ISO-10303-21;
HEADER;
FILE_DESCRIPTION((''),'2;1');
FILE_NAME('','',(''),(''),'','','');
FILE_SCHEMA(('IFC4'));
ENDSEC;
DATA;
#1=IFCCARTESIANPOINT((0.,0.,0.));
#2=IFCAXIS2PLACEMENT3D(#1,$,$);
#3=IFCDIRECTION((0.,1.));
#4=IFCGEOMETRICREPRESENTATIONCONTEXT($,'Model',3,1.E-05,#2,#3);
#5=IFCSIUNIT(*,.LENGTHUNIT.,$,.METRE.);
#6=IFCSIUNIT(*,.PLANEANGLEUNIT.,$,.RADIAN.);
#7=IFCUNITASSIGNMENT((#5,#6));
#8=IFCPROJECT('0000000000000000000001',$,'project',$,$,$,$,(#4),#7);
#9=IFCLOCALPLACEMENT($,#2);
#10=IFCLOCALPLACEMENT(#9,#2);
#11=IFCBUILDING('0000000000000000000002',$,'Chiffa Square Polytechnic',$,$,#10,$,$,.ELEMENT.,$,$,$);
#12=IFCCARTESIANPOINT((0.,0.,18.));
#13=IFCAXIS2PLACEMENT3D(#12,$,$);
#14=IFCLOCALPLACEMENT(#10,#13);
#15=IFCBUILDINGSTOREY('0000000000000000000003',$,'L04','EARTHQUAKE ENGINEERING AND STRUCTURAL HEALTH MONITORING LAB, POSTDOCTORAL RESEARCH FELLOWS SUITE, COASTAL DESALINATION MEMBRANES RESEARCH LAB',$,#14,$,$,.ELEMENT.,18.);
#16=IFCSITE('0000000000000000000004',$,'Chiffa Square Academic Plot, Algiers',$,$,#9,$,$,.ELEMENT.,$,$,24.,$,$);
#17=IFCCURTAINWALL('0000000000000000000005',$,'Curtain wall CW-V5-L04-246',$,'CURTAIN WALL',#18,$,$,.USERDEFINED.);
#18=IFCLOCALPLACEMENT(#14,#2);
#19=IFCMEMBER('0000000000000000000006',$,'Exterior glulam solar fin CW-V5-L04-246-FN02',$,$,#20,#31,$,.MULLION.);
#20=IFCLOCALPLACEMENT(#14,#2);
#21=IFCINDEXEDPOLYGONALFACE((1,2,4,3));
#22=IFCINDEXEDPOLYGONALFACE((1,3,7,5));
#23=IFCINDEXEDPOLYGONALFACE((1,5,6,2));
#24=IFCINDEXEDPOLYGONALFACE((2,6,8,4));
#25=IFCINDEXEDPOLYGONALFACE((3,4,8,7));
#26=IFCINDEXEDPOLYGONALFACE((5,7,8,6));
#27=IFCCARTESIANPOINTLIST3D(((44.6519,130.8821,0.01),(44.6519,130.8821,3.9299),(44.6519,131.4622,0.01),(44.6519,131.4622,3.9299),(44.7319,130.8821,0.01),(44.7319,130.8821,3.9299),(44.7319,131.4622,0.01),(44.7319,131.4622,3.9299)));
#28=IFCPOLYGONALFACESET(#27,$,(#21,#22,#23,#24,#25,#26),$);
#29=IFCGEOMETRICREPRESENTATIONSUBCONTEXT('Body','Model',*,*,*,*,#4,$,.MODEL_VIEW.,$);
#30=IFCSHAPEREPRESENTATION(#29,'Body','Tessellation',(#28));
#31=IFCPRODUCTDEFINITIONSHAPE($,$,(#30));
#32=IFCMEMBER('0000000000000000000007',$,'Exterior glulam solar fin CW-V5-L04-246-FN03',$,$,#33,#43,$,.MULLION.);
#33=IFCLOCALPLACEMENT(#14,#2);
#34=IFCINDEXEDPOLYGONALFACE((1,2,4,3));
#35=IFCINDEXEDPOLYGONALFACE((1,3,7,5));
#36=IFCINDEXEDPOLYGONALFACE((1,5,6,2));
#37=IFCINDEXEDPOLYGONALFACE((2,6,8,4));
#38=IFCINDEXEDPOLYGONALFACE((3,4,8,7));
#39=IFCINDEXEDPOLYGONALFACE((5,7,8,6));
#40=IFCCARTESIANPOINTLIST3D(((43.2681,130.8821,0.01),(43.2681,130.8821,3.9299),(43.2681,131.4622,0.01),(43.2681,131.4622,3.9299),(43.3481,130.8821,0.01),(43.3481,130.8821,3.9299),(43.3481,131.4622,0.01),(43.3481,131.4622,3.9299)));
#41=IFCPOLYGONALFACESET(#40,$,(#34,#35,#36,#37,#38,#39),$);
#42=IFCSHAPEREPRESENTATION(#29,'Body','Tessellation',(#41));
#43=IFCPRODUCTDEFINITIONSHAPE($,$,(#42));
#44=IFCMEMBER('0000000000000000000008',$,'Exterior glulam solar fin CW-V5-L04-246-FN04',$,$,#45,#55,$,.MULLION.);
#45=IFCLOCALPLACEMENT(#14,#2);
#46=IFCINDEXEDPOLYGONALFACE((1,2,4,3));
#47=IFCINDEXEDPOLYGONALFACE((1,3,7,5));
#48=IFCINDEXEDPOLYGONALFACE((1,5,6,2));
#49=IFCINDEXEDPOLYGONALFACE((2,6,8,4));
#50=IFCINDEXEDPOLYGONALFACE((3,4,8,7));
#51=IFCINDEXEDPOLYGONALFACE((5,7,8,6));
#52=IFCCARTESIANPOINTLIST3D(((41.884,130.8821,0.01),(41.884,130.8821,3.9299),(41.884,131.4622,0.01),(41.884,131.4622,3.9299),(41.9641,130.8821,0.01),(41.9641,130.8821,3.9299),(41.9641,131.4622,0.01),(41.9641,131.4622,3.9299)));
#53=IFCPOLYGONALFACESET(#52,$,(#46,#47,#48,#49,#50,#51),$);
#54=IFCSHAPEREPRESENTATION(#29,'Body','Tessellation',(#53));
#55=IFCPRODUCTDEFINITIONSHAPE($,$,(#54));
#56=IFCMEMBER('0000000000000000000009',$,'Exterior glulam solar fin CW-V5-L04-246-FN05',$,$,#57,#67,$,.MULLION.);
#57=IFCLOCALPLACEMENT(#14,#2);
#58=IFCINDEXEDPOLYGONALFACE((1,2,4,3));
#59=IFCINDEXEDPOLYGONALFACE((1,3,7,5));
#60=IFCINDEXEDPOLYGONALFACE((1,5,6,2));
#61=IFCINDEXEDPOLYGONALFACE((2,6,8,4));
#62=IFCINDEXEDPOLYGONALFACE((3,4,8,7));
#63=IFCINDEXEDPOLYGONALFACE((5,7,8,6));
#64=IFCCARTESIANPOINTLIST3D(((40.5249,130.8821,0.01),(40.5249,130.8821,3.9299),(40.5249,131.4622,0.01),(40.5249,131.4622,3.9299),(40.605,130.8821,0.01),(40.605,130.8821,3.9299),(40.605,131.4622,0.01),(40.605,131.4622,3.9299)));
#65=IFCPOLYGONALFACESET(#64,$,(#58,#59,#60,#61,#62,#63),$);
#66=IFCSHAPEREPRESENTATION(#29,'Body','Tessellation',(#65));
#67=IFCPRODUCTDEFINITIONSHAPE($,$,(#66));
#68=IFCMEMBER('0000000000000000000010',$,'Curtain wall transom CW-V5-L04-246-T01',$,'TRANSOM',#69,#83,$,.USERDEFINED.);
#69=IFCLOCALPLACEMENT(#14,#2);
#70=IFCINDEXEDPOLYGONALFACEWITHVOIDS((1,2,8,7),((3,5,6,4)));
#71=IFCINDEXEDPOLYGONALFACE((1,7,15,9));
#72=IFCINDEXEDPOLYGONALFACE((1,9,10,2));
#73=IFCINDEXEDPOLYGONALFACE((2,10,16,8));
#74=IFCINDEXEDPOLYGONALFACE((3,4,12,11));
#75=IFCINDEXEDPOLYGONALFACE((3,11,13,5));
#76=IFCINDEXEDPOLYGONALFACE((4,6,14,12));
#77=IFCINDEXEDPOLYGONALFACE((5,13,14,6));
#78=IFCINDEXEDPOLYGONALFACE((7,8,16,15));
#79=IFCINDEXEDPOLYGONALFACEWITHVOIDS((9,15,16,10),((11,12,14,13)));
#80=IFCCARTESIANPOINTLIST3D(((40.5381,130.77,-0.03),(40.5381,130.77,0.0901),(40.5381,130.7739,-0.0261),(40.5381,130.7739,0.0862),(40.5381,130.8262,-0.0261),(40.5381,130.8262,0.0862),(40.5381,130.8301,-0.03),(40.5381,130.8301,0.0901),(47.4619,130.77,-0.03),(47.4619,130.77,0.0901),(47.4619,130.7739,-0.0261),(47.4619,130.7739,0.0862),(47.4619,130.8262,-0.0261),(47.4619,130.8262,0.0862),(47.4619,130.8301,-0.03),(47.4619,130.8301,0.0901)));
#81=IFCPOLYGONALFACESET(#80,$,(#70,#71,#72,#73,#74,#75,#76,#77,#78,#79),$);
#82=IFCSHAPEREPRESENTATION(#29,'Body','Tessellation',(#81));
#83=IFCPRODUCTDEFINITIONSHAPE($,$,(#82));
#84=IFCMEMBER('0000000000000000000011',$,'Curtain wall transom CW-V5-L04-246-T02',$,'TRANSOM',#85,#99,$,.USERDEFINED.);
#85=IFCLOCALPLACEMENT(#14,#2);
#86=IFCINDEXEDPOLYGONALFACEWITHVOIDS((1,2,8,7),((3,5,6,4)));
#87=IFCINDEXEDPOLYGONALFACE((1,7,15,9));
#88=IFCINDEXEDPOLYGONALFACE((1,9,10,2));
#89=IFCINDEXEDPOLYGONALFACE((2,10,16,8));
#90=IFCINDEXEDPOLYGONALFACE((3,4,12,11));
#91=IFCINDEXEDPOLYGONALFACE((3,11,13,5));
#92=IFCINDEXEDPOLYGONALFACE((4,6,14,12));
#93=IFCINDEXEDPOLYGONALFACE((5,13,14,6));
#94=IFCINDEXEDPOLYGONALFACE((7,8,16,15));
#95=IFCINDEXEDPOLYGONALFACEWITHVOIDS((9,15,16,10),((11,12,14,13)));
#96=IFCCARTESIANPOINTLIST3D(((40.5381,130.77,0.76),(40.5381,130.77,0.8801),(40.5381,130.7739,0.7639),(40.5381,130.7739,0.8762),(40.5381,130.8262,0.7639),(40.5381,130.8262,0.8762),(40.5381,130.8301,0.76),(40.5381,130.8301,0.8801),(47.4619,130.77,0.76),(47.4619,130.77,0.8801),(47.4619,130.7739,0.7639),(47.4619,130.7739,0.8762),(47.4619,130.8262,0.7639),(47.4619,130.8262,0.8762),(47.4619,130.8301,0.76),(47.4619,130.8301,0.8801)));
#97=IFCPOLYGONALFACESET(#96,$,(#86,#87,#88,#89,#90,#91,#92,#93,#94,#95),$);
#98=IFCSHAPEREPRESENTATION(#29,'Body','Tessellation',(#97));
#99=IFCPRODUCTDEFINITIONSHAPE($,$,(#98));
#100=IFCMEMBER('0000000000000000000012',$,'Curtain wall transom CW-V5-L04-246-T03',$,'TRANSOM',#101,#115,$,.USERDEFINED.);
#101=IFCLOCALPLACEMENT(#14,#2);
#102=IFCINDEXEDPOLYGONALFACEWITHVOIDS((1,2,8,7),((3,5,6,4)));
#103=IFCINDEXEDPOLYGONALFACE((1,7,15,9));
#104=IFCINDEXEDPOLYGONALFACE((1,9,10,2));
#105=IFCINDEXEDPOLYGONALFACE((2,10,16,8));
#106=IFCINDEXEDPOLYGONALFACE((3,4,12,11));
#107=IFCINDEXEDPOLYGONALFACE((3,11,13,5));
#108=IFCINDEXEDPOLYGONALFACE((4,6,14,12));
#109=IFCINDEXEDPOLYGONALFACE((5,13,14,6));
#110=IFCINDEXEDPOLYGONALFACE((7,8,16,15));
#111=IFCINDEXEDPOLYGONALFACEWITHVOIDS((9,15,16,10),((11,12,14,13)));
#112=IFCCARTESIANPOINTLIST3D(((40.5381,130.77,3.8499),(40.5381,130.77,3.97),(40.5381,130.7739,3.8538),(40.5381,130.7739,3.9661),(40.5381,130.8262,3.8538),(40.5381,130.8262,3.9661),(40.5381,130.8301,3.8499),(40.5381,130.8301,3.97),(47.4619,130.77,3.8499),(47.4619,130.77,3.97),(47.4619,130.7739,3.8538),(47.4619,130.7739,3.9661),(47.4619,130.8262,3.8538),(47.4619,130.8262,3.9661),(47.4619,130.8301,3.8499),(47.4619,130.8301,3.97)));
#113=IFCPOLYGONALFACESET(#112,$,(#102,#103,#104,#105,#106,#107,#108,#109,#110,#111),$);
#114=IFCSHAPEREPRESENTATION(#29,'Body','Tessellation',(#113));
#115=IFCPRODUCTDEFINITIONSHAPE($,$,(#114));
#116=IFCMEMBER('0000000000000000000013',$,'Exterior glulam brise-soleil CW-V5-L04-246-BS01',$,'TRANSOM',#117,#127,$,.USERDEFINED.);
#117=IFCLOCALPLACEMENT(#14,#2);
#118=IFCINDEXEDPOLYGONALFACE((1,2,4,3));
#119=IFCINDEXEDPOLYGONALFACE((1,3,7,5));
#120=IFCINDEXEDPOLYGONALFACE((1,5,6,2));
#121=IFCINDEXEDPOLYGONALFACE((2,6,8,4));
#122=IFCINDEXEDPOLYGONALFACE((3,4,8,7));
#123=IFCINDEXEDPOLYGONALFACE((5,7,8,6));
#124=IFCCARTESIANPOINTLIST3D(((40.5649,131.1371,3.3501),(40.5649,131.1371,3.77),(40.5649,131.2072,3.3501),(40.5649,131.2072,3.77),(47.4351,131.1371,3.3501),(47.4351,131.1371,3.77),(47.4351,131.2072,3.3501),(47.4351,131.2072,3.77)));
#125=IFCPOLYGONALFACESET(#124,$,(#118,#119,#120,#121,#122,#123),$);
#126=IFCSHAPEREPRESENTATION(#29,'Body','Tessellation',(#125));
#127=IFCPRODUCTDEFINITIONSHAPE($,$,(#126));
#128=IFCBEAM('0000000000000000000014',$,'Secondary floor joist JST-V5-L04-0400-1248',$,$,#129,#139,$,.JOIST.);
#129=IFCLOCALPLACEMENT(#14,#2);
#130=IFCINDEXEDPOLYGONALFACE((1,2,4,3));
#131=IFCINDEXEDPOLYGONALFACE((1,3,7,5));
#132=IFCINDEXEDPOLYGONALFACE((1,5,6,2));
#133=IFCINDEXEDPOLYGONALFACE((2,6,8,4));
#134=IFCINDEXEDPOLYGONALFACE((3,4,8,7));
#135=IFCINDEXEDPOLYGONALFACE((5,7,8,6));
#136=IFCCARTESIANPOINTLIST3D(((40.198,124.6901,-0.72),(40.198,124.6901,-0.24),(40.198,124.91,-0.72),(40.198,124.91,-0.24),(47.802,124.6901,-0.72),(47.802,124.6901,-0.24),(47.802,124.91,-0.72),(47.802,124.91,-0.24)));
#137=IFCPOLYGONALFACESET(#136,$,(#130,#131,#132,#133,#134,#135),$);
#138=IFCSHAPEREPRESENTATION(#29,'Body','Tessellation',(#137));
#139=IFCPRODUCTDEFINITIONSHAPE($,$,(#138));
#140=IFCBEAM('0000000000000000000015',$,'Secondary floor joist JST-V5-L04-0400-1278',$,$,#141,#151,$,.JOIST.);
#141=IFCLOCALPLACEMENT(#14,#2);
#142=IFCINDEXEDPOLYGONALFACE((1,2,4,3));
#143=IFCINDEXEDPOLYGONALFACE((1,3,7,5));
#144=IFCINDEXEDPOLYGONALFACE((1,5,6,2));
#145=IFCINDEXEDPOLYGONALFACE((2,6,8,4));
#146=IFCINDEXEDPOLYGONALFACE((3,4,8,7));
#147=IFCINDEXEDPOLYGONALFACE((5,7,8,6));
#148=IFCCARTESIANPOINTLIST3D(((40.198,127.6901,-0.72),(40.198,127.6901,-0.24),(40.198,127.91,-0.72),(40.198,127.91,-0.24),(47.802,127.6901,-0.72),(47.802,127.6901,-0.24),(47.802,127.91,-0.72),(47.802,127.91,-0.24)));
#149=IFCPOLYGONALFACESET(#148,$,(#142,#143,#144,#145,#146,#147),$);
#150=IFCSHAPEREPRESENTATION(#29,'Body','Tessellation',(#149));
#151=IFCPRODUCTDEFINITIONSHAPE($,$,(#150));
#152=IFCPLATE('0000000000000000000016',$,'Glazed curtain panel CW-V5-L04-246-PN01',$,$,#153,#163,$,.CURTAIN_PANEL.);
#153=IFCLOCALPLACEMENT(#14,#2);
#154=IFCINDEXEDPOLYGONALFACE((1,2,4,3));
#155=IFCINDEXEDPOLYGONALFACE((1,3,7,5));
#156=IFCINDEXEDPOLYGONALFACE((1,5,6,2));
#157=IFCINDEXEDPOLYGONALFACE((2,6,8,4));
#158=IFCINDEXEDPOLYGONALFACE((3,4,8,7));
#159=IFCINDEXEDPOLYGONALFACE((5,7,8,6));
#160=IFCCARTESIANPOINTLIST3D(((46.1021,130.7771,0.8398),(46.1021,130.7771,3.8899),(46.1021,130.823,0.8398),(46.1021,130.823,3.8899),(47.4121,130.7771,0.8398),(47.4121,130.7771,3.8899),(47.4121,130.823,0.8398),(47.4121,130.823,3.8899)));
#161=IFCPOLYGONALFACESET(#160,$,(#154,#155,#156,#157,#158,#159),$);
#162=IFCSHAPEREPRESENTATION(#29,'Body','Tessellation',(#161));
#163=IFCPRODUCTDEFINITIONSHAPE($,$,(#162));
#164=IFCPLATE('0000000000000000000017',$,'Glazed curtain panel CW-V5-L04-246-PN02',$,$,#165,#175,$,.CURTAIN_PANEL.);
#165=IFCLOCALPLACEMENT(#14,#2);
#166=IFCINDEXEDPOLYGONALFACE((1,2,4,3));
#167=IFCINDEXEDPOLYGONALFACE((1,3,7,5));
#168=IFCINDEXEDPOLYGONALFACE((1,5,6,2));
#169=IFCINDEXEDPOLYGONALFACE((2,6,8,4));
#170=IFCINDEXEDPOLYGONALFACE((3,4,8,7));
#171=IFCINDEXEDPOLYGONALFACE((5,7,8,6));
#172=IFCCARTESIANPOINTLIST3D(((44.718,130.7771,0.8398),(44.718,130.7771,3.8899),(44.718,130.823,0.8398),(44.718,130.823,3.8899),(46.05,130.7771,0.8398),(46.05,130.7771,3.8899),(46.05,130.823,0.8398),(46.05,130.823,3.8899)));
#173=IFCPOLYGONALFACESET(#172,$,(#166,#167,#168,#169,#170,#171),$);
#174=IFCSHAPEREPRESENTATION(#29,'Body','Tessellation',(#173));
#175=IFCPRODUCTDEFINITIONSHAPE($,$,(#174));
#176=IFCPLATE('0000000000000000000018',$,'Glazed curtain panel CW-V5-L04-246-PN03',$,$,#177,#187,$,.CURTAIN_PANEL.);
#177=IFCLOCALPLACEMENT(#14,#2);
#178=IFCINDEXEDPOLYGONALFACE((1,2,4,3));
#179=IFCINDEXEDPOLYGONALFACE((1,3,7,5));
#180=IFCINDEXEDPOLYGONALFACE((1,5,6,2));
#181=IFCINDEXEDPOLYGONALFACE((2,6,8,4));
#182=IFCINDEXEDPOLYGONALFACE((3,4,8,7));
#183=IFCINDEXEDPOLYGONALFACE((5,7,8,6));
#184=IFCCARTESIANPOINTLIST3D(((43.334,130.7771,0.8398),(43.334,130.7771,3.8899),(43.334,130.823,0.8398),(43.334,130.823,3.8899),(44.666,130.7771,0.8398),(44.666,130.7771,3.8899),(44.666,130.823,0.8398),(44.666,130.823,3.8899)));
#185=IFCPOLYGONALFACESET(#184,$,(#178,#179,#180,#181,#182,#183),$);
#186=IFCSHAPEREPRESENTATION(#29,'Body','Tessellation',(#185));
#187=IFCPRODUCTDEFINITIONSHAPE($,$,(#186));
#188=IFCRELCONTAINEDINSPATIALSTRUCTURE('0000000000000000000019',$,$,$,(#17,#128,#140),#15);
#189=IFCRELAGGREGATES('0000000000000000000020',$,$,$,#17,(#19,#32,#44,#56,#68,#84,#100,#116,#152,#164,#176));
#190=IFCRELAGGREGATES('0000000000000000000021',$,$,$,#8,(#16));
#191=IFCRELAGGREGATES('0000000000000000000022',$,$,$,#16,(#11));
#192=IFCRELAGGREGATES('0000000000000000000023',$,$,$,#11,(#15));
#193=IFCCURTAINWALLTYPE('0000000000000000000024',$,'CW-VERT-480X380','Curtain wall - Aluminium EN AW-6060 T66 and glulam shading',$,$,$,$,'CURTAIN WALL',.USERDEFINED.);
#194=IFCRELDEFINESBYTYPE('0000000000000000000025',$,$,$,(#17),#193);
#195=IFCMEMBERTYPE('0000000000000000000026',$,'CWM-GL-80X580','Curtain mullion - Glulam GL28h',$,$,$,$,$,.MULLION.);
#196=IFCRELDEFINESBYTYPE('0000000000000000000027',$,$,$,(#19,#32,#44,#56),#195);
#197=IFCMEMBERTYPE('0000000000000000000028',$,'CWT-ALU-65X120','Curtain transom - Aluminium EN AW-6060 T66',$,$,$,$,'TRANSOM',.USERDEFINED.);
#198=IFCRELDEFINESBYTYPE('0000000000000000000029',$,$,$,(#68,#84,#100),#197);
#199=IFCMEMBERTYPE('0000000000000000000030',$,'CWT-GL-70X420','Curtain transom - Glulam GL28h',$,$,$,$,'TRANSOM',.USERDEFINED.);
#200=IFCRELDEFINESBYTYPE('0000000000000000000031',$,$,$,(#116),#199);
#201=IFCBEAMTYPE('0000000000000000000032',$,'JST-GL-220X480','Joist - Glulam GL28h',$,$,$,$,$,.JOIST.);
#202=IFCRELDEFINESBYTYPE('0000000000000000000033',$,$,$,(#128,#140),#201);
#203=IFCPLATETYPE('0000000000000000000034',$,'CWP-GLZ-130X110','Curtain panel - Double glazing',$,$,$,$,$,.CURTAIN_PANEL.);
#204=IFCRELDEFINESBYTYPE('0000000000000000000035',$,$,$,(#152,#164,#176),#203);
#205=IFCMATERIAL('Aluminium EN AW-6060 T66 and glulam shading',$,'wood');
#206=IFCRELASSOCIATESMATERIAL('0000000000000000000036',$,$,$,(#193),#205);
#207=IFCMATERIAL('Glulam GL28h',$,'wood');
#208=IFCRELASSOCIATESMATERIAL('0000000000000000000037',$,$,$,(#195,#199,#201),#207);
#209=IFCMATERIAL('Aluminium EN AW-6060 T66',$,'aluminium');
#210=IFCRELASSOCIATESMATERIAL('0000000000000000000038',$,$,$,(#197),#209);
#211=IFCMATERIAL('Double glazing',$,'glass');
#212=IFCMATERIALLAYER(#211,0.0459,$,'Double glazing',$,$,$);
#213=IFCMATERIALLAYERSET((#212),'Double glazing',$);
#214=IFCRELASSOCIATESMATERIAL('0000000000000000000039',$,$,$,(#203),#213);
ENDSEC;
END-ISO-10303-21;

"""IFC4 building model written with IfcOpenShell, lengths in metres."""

from ifc_helpers import new_model, si_unit, direction, frame, origin, origin_2d, place, context, subcontext, project, spatial, rectangle, hollow_rectangle, extrude, material, layer, layer_set, material_profile, profile_set, type_object, element, aggregate, save


model = new_model("IFC4")

# Units and contexts
model_context = context("Model", 3, precision=1e-05, world=origin(), true_north=direction((0.0, 1.0)))
body_context = subcontext(model_context, "Body", "Model", "MODEL_VIEW")
ifc_project = project(units=[si_unit("LENGTHUNIT", "METRE"), si_unit("PLANEANGLEUNIT", "RADIAN")], contexts=[model_context])

# Site, building, storey
site_placement = place(None, origin())
site = spatial("IfcSite", under=ifc_project, at=site_placement, Name="Chiffa Square Academic Plot, Algiers", CompositionType="ELEMENT", RefElevation=24.0)
building_placement = place(site_placement, origin())
building = spatial("IfcBuilding", under=site, at=building_placement, Name="Chiffa Square Polytechnic", CompositionType="ELEMENT")
storey_placement = place(building_placement, frame((0.0, 0.0, 18.0)))
storey = spatial("IfcBuildingStorey", under=building, at=storey_placement, Name="L04", Description="EARTHQUAKE ENGINEERING AND STRUCTURAL HEALTH MONITORING LAB, POSTDOCTORAL RESEARCH FELLOWS SUITE, COASTAL DESALINATION MEMBRANES RESEARCH LAB", CompositionType="ELEMENT", Elevation=18.0)

# Curtain wall, members
ifc_material_1 = material(Name="Aluminium EN AW-6060 T66 and glulam shading", Category="wood")
curtain_wall_type = type_object("IfcCurtainWallType", Name="CW-VERT-480X380", Description="Curtain wall - Aluminium EN AW-6060 T66 and glulam shading", ElementType="CURTAIN WALL", PredefinedType="USERDEFINED", material=ifc_material_1)
curtain_wall_placement = place(storey_placement, origin())
curtain_wall = element("IfcCurtainWall", 1, at=curtain_wall_placement, inside=storey, type_object=curtain_wall_type, Name="Curtain wall CW-V5-L04-246", ObjectType="CURTAIN WALL", PredefinedType="USERDEFINED")
ifc_material_2 = material(Name="Aluminium EN AW-6060 T66", Category="aluminium")
ifc_material_3 = material(Name="Glulam GL28h", Category="wood")
ifc_material_profile_1 = material_profile(ifc_material_3, rectangle(XDim=0.0801, YDim=0.5801, at=origin_2d()), Name="GL28h 80x580")
ifc_profile_set_1 = profile_set([ifc_material_profile_1], Name="Glulam GL28h")
member_type_1 = type_object("IfcMemberType", Name="CWM-GL-80X580", Description="Curtain mullion - Glulam GL28h", PredefinedType="MULLION", material=ifc_profile_set_1)
member_1_placement = place(storey_placement, frame((44.6919, 131.1721, 0.01), z_axis=(0.0, 0.0, 1.0), x_axis=(-1.0, 0.0, 0.0)))
member_1 = element("IfcMember", 2, at=member_1_placement, type_object=member_type_1, Name="Exterior glulam solar fin CW-V5-L04-246-FN02", PredefinedType="MULLION", context=body_context, shape_type="SweptSolid", body=[
    extrude(rectangle(XDim=0.0801, YDim=0.5801, at=origin_2d()), origin(), (0.0, 0.0, 1.0), 3.9199),
])
member_2_placement = place(storey_placement, frame((43.3081, 131.1721, 0.01), z_axis=(0.0, 0.0, 1.0), x_axis=(-1.0, 0.0, 0.0)))
member_2 = element("IfcMember", 3, at=member_2_placement, type_object=member_type_1, Name="Exterior glulam solar fin CW-V5-L04-246-FN03", PredefinedType="MULLION", context=body_context, shape_type="SweptSolid", body=[
    extrude(rectangle(XDim=0.0801, YDim=0.5801, at=origin_2d()), origin(), (0.0, 0.0, 1.0), 3.9199),
])
member_3_placement = place(storey_placement, frame((41.9241, 131.1721, 0.01), z_axis=(0.0, 0.0, 1.0), x_axis=(-1.0, 0.0, 0.0)))
member_3 = element("IfcMember", 4, at=member_3_placement, type_object=member_type_1, Name="Exterior glulam solar fin CW-V5-L04-246-FN04", PredefinedType="MULLION", context=body_context, shape_type="SweptSolid", body=[
    extrude(rectangle(XDim=0.0801, YDim=0.5801, at=origin_2d()), origin(), (0.0, 0.0, 1.0), 3.9199),
])
member_4_placement = place(storey_placement, frame((40.5649, 131.1721, 0.01), z_axis=(0.0, 0.0, 1.0), x_axis=(-1.0, 0.0, 0.0)))
member_4 = element("IfcMember", 5, at=member_4_placement, type_object=member_type_1, Name="Exterior glulam solar fin CW-V5-L04-246-FN05", PredefinedType="MULLION", context=body_context, shape_type="SweptSolid", body=[
    extrude(rectangle(XDim=0.0801, YDim=0.5801, at=origin_2d()), origin(), (0.0, 0.0, 1.0), 3.9199),
])
ifc_material_profile_2 = material_profile(ifc_material_2, hollow_rectangle(XDim=0.0601, YDim=0.1201, WallThickness=0.0039, at=origin_2d()), Name="ALU 60x120x4")
ifc_profile_set_2 = profile_set([ifc_material_profile_2], Name="Aluminium EN AW-6060 T66")
member_type_2 = type_object("IfcMemberType", Name="CWT-ALU-65X120", Description="Curtain transom - Aluminium EN AW-6060 T66", ElementType="TRANSOM", PredefinedType="USERDEFINED", material=ifc_profile_set_2)
member_5_placement = place(storey_placement, frame((47.4619, 130.8, 0.03), z_axis=(-1.0, 0.0, 0.0), x_axis=(0.0, -1.0, 0.0)))
member_5 = element("IfcMember", 6, at=member_5_placement, type_object=member_type_2, Name="Curtain wall transom CW-V5-L04-246-T01", ObjectType="TRANSOM", PredefinedType="USERDEFINED", context=body_context, shape_type="SweptSolid", body=[
    extrude(hollow_rectangle(XDim=0.0601, YDim=0.1201, WallThickness=0.0039, at=origin_2d()), origin(), (0.0, 0.0, 1.0), 6.9238),
])
member_6_placement = place(storey_placement, frame((47.4619, 130.8, 0.8201), z_axis=(-1.0, 0.0, 0.0), x_axis=(0.0, -1.0, 0.0)))
member_6 = element("IfcMember", 7, at=member_6_placement, type_object=member_type_2, Name="Curtain wall transom CW-V5-L04-246-T02", ObjectType="TRANSOM", PredefinedType="USERDEFINED", context=body_context, shape_type="SweptSolid", body=[
    extrude(hollow_rectangle(XDim=0.0601, YDim=0.1201, WallThickness=0.0039, at=origin_2d()), origin(), (0.0, 0.0, 1.0), 6.9238),
])
member_7_placement = place(storey_placement, frame((47.4619, 130.8, 3.9099), z_axis=(-1.0, 0.0, 0.0), x_axis=(0.0, -1.0, 0.0)))
member_7 = element("IfcMember", 8, at=member_7_placement, type_object=member_type_2, Name="Curtain wall transom CW-V5-L04-246-T03", ObjectType="TRANSOM", PredefinedType="USERDEFINED", context=body_context, shape_type="SweptSolid", body=[
    extrude(hollow_rectangle(XDim=0.0601, YDim=0.1201, WallThickness=0.0039, at=origin_2d()), origin(), (0.0, 0.0, 1.0), 6.9238),
])
ifc_material_profile_3 = material_profile(ifc_material_3, rectangle(XDim=0.0701, YDim=0.4199, at=origin_2d()), Name="GL28h 70x420")
ifc_profile_set_3 = profile_set([ifc_material_profile_3], Name="Glulam GL28h")
member_type_3 = type_object("IfcMemberType", Name="CWT-GL-70X420", Description="Curtain transom - Glulam GL28h", ElementType="TRANSOM", PredefinedType="USERDEFINED", material=ifc_profile_set_3)
member_8_placement = place(storey_placement, frame((47.4351, 131.1721, 3.5601), z_axis=(-1.0, 0.0, 0.0), x_axis=(0.0, -1.0, 0.0)))
member_8 = element("IfcMember", 9, at=member_8_placement, type_object=member_type_3, Name="Exterior glulam brise-soleil CW-V5-L04-246-BS01", ObjectType="TRANSOM", PredefinedType="USERDEFINED", context=body_context, shape_type="SweptSolid", body=[
    extrude(rectangle(XDim=0.0701, YDim=0.4199, at=origin_2d()), origin(), (0.0, 0.0, 1.0), 6.8701),
])

# Beams
ifc_material_profile_4 = material_profile(ifc_material_3, rectangle(XDim=0.22, YDim=0.48, at=origin_2d()), Name="GL28h 220x480")
ifc_profile_set_4 = profile_set([ifc_material_profile_4], Name="Glulam GL28h")
beam_type_1 = type_object("IfcBeamType", Name="JST-GL-220X480", Description="Joist - Glulam GL28h", PredefinedType="JOIST", material=ifc_profile_set_4)
for number, where, z_axis, x_axis, name in (
    (10, (40.198, 124.8, -0.48), (1.0, 0.0, 0.0), (0.0, 1.0, 0.0), "Secondary floor joist JST-V5-L04-0400-1248"),
    (11, (40.198, 127.8, -0.48), (1.0, 0.0, 0.0), (0.0, 1.0, 0.0), "Secondary floor joist JST-V5-L04-0400-1278"),
):
    element("IfcBeam", number, at=place(storey_placement, frame(where, z_axis=z_axis, x_axis=x_axis)), inside=storey, type_object=beam_type_1, Name=name, PredefinedType="JOIST", context=body_context, shape_type="SweptSolid", body=[
        extrude(rectangle(XDim=0.22, YDim=0.48, at=origin_2d()), origin(), (0.0, 0.0, 1.0), 7.604),
    ])

# Plates
ifc_material_4 = material(Name="Double glazing", Category="glass")
ifc_layer_1 = layer(ifc_material_4, 0.0459, Name="Double glazing")
ifc_layer_set_1 = layer_set([ifc_layer_1], Name="Double glazing")
plate_type_1 = type_object("IfcPlateType", Name="CWP-GLZ-130X110", Description="Curtain panel - Double glazing", PredefinedType="CURTAIN_PANEL", material=ifc_layer_set_1)
plate_1_placement = place(storey_placement, frame((46.7571, 130.8, 0.8398), z_axis=(0.0, 0.0, 1.0), x_axis=(-1.0, 0.0, 0.0)))
plate_1 = element("IfcPlate", 12, at=plate_1_placement, type_object=plate_type_1, Name="Glazed curtain panel CW-V5-L04-246-PN01", PredefinedType="CURTAIN_PANEL", context=body_context, shape_type="SweptSolid", body=[
    extrude(rectangle(XDim=1.3101, YDim=0.0459, at=origin_2d()), origin(), (0.0, 0.0, 1.0), 3.05),
])
plate_2_placement = place(storey_placement, frame((45.384, 130.8, 0.8398), z_axis=(0.0, 0.0, 1.0), x_axis=(-1.0, 0.0, 0.0)))
plate_2 = element("IfcPlate", 13, at=plate_2_placement, type_object=plate_type_1, Name="Glazed curtain panel CW-V5-L04-246-PN02", PredefinedType="CURTAIN_PANEL", context=body_context, shape_type="SweptSolid", body=[
    extrude(rectangle(XDim=1.332, YDim=0.0459, at=origin_2d()), origin(), (0.0, 0.0, 1.0), 3.05),
])
plate_3_placement = place(storey_placement, frame((44.0, 130.8, 0.8398), z_axis=(0.0, 0.0, 1.0), x_axis=(-1.0, 0.0, 0.0)))
plate_3 = element("IfcPlate", 14, at=plate_3_placement, type_object=plate_type_1, Name="Glazed curtain panel CW-V5-L04-246-PN03", PredefinedType="CURTAIN_PANEL", context=body_context, shape_type="SweptSolid", body=[
    extrude(rectangle(XDim=1.332, YDim=0.0459, at=origin_2d()), origin(), (0.0, 0.0, 1.0), 3.05),
])
aggregate(curtain_wall, [member_1, member_2, member_3, member_4, member_5, member_6, member_7, member_8, plate_1, plate_2, plate_3])

save(model, "model.ifc")
